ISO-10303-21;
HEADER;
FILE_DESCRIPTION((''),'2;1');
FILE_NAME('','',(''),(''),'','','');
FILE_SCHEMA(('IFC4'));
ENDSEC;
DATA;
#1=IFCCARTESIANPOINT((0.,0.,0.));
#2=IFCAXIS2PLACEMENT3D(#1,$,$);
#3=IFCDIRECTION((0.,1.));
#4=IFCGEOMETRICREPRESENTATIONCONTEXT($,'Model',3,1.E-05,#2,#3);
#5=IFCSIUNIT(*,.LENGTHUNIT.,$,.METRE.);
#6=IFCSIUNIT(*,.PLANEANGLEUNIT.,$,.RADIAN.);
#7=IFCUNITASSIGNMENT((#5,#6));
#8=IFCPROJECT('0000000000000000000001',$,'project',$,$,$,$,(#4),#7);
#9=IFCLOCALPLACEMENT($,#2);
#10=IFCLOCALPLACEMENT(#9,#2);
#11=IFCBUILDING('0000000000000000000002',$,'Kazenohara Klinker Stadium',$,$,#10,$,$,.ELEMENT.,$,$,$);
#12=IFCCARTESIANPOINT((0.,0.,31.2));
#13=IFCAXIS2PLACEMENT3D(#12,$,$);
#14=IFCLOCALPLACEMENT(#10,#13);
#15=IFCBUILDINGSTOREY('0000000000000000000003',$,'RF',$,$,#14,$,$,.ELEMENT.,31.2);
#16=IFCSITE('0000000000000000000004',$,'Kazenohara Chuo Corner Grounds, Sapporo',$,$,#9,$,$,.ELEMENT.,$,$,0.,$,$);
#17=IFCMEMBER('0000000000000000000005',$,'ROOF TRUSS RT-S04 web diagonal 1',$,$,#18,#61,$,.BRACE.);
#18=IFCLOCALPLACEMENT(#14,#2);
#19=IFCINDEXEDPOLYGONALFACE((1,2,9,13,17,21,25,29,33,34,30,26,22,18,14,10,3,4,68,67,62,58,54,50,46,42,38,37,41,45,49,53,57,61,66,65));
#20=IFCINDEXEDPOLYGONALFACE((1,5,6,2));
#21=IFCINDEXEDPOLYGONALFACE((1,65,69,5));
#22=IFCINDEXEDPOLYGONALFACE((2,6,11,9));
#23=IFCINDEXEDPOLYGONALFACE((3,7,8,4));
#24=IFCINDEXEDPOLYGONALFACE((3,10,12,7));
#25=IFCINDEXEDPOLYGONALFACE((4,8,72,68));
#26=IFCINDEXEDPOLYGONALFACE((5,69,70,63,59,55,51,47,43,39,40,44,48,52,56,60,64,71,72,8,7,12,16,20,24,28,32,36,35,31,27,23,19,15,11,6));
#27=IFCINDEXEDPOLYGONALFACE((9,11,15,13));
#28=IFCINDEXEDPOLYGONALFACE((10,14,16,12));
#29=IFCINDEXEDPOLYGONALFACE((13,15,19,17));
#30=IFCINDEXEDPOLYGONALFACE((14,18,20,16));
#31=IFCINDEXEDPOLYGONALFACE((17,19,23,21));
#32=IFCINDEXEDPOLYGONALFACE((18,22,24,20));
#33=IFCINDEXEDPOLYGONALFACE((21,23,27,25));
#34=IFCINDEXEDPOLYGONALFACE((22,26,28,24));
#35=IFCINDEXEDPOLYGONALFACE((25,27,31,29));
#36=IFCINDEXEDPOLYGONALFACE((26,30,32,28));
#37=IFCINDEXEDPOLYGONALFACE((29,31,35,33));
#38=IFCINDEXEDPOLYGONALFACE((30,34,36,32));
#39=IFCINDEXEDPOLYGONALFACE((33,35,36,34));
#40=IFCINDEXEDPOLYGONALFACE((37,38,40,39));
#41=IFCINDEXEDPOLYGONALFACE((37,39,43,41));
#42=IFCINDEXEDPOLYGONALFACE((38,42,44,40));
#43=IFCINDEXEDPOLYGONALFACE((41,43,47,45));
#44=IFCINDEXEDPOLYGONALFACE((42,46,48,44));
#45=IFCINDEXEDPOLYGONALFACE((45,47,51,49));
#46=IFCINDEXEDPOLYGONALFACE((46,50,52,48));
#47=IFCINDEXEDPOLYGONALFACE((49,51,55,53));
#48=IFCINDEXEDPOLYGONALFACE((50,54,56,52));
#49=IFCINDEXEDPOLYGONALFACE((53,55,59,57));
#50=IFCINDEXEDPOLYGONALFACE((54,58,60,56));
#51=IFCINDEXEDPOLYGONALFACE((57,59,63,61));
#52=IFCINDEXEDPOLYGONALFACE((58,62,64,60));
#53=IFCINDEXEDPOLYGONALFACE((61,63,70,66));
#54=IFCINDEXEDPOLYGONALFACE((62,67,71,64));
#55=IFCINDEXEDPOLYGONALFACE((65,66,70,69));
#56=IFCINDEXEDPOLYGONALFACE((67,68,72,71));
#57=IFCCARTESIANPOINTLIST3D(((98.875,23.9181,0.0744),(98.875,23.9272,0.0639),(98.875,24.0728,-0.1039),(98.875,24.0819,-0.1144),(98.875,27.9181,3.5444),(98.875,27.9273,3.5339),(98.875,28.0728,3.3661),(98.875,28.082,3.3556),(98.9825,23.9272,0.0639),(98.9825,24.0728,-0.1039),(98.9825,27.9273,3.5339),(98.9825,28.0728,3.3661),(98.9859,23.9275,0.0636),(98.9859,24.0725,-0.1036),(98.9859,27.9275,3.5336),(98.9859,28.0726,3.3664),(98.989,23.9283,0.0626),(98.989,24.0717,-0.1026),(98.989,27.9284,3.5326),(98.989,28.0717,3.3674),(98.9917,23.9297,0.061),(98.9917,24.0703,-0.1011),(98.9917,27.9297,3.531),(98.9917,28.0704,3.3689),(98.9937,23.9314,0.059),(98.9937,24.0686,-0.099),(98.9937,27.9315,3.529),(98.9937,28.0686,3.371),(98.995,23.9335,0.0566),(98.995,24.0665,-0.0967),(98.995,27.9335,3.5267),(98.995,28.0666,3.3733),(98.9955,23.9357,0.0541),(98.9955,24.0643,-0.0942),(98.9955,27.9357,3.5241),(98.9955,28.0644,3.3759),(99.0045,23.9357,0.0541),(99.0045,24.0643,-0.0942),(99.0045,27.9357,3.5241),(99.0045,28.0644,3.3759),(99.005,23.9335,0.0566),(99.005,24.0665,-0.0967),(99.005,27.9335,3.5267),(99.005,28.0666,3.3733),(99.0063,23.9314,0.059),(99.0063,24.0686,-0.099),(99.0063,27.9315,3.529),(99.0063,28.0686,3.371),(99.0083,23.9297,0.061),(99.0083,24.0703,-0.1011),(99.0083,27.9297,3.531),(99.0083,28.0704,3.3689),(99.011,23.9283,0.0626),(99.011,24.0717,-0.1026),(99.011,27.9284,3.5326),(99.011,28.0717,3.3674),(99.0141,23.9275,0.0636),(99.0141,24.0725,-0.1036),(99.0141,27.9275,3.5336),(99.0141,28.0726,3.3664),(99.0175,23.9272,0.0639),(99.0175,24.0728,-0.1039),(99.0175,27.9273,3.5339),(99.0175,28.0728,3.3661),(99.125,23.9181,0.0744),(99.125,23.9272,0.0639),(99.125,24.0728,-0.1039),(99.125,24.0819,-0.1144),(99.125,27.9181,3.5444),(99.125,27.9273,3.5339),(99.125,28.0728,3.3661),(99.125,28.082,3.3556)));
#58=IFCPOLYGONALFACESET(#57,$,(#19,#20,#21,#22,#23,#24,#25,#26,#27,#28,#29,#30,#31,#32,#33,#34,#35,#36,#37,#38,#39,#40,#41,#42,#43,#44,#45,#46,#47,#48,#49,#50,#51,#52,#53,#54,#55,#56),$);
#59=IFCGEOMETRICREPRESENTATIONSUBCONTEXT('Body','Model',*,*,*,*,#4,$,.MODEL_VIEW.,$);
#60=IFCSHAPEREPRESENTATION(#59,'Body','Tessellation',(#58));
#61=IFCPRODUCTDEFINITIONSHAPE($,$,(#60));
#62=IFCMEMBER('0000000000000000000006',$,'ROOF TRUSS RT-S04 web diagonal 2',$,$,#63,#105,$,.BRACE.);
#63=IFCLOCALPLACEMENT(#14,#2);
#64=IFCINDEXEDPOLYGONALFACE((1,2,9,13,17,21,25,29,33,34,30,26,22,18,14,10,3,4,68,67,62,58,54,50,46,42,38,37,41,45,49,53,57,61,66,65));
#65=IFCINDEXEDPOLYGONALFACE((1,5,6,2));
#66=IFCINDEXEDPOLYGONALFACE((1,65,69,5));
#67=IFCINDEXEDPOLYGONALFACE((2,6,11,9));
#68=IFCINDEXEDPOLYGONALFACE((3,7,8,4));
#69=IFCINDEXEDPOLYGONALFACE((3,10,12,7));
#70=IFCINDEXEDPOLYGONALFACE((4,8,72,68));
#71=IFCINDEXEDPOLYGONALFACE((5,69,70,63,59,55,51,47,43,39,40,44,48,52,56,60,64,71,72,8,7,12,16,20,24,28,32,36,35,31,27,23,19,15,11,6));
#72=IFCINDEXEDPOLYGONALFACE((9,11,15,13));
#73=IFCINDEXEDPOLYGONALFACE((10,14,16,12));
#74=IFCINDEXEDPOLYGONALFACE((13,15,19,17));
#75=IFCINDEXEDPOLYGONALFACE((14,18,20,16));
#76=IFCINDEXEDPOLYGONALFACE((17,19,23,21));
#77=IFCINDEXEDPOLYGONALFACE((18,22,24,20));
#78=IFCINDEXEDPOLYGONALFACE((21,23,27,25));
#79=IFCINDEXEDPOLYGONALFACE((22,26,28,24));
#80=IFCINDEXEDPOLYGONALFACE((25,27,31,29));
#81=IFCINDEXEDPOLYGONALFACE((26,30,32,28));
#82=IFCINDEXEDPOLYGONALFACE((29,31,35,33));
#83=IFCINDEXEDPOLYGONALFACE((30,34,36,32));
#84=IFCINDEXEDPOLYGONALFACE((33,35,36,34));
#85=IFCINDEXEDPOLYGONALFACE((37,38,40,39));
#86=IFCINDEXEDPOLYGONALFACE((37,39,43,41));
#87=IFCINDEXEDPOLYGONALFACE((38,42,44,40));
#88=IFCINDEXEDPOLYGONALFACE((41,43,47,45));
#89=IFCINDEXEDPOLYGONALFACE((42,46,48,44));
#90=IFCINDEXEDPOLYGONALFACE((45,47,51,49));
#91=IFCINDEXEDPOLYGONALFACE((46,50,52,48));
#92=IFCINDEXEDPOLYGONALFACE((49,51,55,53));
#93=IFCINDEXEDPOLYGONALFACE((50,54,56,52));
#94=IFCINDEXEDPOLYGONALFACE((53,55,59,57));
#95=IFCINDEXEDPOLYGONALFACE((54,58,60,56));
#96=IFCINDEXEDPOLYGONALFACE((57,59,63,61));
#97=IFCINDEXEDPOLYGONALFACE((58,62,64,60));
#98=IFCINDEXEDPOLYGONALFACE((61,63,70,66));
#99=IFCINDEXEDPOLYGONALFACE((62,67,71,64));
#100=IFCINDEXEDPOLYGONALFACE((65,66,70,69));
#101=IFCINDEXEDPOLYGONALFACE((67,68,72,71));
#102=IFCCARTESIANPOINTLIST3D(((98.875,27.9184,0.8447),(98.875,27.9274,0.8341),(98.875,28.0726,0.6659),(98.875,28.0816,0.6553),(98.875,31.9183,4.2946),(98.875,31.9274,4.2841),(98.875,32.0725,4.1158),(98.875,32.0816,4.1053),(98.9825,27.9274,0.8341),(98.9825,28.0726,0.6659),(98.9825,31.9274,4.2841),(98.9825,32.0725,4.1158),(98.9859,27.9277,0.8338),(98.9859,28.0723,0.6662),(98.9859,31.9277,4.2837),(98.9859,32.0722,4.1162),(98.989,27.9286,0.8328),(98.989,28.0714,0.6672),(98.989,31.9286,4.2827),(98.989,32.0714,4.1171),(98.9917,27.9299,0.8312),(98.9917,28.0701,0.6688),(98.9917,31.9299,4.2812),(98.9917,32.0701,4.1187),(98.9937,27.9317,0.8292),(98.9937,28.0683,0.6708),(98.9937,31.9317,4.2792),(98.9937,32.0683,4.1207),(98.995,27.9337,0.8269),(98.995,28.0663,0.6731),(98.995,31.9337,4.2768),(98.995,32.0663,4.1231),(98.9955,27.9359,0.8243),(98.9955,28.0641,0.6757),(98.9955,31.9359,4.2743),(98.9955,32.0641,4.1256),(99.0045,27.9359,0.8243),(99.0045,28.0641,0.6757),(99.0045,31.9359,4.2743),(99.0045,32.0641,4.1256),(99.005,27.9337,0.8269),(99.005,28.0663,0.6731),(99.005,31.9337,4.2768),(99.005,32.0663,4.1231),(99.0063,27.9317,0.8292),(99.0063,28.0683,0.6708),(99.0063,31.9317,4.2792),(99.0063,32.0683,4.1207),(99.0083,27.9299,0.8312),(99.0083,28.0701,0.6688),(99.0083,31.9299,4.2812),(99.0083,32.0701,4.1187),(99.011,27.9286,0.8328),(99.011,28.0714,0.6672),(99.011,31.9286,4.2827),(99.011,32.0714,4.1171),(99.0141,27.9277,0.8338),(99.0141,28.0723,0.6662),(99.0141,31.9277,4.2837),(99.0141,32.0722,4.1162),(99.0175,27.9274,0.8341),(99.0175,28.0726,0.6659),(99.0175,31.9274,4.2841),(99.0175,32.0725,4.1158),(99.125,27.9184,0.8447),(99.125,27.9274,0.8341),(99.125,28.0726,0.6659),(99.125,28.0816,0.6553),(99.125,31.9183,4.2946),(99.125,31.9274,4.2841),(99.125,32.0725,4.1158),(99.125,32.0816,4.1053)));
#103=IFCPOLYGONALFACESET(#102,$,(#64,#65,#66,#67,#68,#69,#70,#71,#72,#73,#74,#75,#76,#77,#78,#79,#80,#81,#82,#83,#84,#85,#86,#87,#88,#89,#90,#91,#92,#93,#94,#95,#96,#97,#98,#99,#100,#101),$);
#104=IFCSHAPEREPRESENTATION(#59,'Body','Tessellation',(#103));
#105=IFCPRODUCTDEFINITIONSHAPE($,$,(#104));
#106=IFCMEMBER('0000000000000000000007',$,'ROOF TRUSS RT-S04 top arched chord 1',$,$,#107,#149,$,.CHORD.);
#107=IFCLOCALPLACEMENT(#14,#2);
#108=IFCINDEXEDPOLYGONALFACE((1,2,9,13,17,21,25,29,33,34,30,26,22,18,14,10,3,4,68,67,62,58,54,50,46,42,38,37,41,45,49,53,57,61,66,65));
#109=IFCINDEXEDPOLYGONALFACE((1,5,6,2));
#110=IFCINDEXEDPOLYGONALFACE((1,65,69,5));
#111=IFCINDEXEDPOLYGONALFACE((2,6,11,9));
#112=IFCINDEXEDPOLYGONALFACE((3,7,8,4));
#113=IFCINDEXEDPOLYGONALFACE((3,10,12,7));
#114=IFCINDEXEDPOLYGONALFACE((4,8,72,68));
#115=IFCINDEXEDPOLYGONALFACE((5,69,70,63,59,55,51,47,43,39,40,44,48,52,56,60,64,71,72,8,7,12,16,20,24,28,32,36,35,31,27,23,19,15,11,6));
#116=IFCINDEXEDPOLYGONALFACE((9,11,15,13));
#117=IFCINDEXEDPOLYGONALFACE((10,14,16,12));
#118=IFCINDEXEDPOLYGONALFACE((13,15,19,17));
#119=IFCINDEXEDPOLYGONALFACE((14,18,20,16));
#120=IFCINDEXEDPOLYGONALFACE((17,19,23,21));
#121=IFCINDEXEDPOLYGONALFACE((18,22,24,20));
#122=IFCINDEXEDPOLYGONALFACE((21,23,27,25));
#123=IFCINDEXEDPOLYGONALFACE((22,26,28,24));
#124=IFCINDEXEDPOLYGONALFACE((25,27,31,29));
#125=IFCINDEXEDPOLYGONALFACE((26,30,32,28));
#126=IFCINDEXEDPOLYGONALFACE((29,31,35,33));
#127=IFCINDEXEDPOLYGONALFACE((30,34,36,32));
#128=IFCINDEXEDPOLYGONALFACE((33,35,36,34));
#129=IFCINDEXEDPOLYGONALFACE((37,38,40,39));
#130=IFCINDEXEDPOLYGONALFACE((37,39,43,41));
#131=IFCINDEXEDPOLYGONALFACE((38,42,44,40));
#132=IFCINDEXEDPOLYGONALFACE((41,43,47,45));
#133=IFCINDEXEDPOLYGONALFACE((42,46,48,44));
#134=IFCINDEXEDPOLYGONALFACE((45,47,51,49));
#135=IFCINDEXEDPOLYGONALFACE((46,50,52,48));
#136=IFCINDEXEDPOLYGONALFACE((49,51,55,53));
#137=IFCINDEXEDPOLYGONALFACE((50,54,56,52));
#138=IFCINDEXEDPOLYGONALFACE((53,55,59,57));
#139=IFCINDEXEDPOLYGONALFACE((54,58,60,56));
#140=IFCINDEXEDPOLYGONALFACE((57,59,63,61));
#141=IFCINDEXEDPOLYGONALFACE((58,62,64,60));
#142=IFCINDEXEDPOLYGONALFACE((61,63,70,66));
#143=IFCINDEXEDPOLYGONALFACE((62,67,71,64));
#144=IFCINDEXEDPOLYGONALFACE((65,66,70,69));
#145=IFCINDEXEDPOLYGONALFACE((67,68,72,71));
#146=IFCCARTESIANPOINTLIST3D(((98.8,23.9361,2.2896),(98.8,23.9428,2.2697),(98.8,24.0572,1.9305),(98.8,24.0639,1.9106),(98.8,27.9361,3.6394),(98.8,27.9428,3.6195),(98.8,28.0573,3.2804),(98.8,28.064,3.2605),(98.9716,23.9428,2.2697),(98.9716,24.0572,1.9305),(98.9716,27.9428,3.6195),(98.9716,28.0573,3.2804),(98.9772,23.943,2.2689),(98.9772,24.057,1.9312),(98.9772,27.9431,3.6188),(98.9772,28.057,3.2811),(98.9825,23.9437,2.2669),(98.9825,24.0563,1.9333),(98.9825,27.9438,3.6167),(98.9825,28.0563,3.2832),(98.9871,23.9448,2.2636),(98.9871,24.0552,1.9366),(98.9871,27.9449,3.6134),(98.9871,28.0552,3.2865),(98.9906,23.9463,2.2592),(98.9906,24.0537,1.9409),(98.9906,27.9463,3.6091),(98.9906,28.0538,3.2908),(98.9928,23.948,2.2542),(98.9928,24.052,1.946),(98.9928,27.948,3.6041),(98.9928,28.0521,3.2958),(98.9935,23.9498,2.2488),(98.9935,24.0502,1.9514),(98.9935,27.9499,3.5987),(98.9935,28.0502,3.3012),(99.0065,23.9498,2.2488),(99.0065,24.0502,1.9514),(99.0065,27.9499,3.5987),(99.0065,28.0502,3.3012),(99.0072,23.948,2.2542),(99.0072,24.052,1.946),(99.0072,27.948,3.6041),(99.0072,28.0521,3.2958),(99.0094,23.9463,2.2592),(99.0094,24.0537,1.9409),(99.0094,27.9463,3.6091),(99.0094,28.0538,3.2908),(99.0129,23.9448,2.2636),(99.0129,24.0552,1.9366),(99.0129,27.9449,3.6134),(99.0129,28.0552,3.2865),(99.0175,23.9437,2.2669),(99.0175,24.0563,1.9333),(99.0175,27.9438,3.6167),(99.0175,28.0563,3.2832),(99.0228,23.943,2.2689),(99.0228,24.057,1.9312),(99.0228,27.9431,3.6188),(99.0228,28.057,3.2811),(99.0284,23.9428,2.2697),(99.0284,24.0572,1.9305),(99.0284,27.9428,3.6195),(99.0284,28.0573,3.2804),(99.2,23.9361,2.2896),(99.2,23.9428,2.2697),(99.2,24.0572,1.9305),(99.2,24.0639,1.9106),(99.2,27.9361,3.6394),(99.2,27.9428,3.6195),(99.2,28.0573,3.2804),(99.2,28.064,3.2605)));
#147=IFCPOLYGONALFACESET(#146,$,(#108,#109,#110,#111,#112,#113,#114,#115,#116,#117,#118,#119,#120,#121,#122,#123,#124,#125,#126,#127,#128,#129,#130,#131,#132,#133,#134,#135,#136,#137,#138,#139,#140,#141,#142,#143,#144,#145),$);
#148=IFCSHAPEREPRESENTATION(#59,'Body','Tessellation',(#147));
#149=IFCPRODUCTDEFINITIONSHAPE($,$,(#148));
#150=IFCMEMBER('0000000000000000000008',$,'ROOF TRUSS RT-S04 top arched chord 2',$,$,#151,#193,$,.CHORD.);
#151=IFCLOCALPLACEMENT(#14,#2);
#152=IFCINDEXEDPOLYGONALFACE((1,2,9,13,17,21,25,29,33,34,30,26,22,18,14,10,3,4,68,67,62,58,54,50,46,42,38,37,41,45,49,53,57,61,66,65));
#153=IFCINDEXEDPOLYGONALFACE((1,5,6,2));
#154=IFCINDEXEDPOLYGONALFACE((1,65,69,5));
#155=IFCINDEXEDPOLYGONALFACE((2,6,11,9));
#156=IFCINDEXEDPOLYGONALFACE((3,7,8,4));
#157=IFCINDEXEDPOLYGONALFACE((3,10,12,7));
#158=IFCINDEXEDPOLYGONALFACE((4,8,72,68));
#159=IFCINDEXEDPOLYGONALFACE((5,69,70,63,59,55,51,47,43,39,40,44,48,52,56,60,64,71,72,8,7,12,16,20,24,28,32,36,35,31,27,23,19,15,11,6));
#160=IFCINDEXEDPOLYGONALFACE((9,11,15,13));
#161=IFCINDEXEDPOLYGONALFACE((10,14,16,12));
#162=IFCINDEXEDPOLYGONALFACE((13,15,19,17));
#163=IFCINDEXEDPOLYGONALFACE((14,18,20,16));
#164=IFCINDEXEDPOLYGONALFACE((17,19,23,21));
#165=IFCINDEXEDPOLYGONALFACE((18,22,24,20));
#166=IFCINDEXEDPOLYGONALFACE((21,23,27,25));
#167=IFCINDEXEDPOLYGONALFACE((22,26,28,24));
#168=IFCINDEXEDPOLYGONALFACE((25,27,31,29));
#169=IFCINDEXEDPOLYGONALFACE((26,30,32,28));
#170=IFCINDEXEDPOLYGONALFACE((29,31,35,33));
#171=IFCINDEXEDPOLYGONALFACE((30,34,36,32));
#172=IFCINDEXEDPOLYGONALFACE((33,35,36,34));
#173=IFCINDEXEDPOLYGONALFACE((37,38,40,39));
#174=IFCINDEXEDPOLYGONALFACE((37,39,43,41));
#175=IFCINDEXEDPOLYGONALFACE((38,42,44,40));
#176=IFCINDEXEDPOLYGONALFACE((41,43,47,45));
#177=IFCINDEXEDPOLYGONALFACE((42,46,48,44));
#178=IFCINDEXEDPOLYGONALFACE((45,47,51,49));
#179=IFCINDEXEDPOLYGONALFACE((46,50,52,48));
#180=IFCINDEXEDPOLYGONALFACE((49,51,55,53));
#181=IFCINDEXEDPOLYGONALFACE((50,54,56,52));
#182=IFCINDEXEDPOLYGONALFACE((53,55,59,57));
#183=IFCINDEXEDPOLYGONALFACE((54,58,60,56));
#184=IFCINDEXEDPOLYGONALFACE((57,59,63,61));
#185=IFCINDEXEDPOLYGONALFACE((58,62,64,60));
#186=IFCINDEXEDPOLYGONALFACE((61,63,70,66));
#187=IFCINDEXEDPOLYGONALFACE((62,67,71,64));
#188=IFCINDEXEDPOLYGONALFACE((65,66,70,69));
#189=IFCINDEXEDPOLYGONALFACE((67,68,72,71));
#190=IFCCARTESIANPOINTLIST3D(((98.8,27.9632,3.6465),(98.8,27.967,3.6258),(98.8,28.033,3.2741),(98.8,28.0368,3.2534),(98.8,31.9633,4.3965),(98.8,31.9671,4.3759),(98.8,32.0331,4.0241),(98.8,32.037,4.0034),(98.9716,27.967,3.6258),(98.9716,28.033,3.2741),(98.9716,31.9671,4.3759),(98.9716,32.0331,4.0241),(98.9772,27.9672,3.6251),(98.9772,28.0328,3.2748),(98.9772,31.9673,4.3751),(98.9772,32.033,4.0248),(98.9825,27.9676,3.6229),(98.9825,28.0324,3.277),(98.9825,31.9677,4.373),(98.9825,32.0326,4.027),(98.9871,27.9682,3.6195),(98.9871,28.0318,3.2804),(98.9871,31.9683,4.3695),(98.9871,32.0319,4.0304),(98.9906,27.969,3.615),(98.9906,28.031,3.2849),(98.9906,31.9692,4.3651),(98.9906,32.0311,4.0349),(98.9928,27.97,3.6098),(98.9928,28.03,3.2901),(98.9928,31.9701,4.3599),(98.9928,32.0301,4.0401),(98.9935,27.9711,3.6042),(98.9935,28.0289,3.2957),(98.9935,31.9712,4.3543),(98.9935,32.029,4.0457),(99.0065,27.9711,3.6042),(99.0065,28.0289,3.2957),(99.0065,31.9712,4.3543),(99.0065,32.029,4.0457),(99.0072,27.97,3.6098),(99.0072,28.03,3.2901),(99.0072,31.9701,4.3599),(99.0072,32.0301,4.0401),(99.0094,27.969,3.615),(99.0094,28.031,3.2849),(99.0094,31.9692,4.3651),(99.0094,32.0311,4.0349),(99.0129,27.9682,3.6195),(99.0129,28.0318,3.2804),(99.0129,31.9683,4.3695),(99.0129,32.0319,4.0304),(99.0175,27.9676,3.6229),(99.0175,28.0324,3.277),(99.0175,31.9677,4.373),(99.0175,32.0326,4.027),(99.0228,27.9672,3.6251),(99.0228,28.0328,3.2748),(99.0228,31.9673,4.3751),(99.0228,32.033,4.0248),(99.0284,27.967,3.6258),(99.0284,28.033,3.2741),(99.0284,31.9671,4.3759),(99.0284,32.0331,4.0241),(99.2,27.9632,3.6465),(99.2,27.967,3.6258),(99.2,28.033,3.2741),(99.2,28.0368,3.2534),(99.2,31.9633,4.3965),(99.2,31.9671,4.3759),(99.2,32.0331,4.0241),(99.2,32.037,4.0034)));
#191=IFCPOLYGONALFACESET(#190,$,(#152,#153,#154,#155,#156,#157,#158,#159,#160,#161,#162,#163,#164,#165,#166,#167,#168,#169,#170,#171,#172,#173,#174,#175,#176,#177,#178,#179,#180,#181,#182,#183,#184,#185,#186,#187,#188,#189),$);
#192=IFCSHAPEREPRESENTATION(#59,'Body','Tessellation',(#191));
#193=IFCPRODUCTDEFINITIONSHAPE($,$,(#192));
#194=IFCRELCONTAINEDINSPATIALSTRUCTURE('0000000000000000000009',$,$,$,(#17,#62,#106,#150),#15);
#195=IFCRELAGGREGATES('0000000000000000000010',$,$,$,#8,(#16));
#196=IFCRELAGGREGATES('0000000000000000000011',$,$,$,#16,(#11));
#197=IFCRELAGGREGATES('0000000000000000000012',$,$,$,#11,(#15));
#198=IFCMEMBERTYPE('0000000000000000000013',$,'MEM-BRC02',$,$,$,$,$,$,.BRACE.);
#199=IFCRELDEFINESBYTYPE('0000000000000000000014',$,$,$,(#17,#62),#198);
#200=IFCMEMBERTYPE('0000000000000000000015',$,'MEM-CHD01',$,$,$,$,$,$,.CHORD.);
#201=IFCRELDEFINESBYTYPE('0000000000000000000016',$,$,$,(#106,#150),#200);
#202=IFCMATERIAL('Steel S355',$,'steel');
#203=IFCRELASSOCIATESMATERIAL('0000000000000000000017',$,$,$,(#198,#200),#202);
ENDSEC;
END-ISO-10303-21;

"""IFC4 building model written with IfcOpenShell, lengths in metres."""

from ifc_helpers import new_model, si_unit, direction, frame, origin, origin_2d, place, context, subcontext, project, spatial, i_section, extrude, material, material_profile, profile_set, type_object, element, save


model = new_model("IFC4")

# Units and contexts
model_context = context("Model", 3, precision=1e-05, world=origin(), true_north=direction((0.0, 1.0)))
body_context = subcontext(model_context, "Body", "Model", "MODEL_VIEW")
ifc_project = project(units=[si_unit("LENGTHUNIT", "METRE"), si_unit("PLANEANGLEUNIT", "RADIAN")], contexts=[model_context])

# Site, building, storey
site_placement = place(None, origin())
site = spatial("IfcSite", under=ifc_project, at=site_placement, Name="Kazenohara Chuo Corner Grounds, Sapporo", CompositionType="ELEMENT", RefElevation=0.0)
building_placement = place(site_placement, origin())
building = spatial("IfcBuilding", under=site, at=building_placement, Name="Kazenohara Klinker Stadium", CompositionType="ELEMENT")
storey_placement = place(building_placement, frame((0.0, 0.0, 31.2)))
storey = spatial("IfcBuildingStorey", under=building, at=storey_placement, Name="RF", CompositionType="ELEMENT", Elevation=31.2)

# Members
ifc_material_1 = material(Name="Steel S355", Category="steel")
ifc_material_profile_1 = material_profile(ifc_material_1, i_section(OverallWidth=0.25, OverallDepth=0.25, WebThickness=0.009, FlangeThickness=0.0139, FilletRadius=0.0129, at=origin_2d()), Name="H-250x250x9x14")
ifc_profile_set_1 = profile_set([ifc_material_profile_1], Name="Steel S355")
member_type_1 = type_object("IfcMemberType", Name="MEM-BRC02", PredefinedType="BRACE", material=ifc_profile_set_1)
member_1_placement = place(storey_placement, frame((99.0, 24.0, -0.02), z_axis=(0.0, 0.75538, 0.655287), x_axis=(-1.0, 0.0, 0.0)))
element("IfcMember", 1, at=member_1_placement, inside=storey, type_object=member_type_1, Name="ROOF TRUSS RT-S04 web diagonal 1", PredefinedType="BRACE", context=body_context, shape_type="SweptSolid", body=[
    extrude(i_section(OverallWidth=0.25, OverallDepth=0.25, WebThickness=0.009, FlangeThickness=0.0139, FilletRadius=0.0129, at=origin_2d()), origin(), (0.0, 0.0, 1.0), 5.2954),
])
member_2_placement = place(storey_placement, frame((99.0, 28.0, 0.75), z_axis=(0.0, 0.757253, 0.653122), x_axis=(-1.0, 0.0, 0.0)))
element("IfcMember", 2, at=member_2_placement, inside=storey, type_object=member_type_1, Name="ROOF TRUSS RT-S04 web diagonal 2", PredefinedType="BRACE", context=body_context, shape_type="SweptSolid", body=[
    extrude(i_section(OverallWidth=0.25, OverallDepth=0.25, WebThickness=0.009, FlangeThickness=0.0139, FilletRadius=0.0129, at=origin_2d()), origin(), (0.0, 0.0, 1.0), 5.2822),
])
ifc_material_profile_2 = material_profile(ifc_material_1, i_section(OverallWidth=0.3999, OverallDepth=0.3999, WebThickness=0.0129, FlangeThickness=0.021, FilletRadius=0.022, at=origin_2d()), Name="H-400x400x13x21")
ifc_profile_set_2 = profile_set([ifc_material_profile_2], Name="Steel S355")
member_type_2 = type_object("IfcMemberType", Name="MEM-CHD01", PredefinedType="CHORD", material=ifc_profile_set_2)
member_3_placement = place(storey_placement, frame((99.0, 24.0, 2.1001), z_axis=(0.0, 0.947503, 0.319747), x_axis=(-1.0, 0.0, 0.0)))
element("IfcMember", 3, at=member_3_placement, inside=storey, type_object=member_type_2, Name="ROOF TRUSS RT-S04 top arched chord 1", PredefinedType="CHORD", context=body_context, shape_type="SweptSolid", body=[
    extrude(i_section(OverallWidth=0.3999, OverallDepth=0.3999, WebThickness=0.0129, FlangeThickness=0.021, FilletRadius=0.022, at=origin_2d()), origin(), (0.0, 0.0, 1.0), 4.2217),
])
member_4_placement = place(storey_placement, frame((99.0, 28.0, 3.45), z_axis=(0.0, 0.982872, 0.184289), x_axis=(-1.0, 0.0, 0.0)))
element("IfcMember", 4, at=member_4_placement, inside=storey, type_object=member_type_2, Name="ROOF TRUSS RT-S04 top arched chord 2", PredefinedType="CHORD", context=body_context, shape_type="SweptSolid", body=[
    extrude(i_section(OverallWidth=0.3999, OverallDepth=0.3999, WebThickness=0.0129, FlangeThickness=0.021, FilletRadius=0.022, at=origin_2d()), origin(), (0.0, 0.0, 1.0), 4.0698),
])

save(model, "model.ifc")
